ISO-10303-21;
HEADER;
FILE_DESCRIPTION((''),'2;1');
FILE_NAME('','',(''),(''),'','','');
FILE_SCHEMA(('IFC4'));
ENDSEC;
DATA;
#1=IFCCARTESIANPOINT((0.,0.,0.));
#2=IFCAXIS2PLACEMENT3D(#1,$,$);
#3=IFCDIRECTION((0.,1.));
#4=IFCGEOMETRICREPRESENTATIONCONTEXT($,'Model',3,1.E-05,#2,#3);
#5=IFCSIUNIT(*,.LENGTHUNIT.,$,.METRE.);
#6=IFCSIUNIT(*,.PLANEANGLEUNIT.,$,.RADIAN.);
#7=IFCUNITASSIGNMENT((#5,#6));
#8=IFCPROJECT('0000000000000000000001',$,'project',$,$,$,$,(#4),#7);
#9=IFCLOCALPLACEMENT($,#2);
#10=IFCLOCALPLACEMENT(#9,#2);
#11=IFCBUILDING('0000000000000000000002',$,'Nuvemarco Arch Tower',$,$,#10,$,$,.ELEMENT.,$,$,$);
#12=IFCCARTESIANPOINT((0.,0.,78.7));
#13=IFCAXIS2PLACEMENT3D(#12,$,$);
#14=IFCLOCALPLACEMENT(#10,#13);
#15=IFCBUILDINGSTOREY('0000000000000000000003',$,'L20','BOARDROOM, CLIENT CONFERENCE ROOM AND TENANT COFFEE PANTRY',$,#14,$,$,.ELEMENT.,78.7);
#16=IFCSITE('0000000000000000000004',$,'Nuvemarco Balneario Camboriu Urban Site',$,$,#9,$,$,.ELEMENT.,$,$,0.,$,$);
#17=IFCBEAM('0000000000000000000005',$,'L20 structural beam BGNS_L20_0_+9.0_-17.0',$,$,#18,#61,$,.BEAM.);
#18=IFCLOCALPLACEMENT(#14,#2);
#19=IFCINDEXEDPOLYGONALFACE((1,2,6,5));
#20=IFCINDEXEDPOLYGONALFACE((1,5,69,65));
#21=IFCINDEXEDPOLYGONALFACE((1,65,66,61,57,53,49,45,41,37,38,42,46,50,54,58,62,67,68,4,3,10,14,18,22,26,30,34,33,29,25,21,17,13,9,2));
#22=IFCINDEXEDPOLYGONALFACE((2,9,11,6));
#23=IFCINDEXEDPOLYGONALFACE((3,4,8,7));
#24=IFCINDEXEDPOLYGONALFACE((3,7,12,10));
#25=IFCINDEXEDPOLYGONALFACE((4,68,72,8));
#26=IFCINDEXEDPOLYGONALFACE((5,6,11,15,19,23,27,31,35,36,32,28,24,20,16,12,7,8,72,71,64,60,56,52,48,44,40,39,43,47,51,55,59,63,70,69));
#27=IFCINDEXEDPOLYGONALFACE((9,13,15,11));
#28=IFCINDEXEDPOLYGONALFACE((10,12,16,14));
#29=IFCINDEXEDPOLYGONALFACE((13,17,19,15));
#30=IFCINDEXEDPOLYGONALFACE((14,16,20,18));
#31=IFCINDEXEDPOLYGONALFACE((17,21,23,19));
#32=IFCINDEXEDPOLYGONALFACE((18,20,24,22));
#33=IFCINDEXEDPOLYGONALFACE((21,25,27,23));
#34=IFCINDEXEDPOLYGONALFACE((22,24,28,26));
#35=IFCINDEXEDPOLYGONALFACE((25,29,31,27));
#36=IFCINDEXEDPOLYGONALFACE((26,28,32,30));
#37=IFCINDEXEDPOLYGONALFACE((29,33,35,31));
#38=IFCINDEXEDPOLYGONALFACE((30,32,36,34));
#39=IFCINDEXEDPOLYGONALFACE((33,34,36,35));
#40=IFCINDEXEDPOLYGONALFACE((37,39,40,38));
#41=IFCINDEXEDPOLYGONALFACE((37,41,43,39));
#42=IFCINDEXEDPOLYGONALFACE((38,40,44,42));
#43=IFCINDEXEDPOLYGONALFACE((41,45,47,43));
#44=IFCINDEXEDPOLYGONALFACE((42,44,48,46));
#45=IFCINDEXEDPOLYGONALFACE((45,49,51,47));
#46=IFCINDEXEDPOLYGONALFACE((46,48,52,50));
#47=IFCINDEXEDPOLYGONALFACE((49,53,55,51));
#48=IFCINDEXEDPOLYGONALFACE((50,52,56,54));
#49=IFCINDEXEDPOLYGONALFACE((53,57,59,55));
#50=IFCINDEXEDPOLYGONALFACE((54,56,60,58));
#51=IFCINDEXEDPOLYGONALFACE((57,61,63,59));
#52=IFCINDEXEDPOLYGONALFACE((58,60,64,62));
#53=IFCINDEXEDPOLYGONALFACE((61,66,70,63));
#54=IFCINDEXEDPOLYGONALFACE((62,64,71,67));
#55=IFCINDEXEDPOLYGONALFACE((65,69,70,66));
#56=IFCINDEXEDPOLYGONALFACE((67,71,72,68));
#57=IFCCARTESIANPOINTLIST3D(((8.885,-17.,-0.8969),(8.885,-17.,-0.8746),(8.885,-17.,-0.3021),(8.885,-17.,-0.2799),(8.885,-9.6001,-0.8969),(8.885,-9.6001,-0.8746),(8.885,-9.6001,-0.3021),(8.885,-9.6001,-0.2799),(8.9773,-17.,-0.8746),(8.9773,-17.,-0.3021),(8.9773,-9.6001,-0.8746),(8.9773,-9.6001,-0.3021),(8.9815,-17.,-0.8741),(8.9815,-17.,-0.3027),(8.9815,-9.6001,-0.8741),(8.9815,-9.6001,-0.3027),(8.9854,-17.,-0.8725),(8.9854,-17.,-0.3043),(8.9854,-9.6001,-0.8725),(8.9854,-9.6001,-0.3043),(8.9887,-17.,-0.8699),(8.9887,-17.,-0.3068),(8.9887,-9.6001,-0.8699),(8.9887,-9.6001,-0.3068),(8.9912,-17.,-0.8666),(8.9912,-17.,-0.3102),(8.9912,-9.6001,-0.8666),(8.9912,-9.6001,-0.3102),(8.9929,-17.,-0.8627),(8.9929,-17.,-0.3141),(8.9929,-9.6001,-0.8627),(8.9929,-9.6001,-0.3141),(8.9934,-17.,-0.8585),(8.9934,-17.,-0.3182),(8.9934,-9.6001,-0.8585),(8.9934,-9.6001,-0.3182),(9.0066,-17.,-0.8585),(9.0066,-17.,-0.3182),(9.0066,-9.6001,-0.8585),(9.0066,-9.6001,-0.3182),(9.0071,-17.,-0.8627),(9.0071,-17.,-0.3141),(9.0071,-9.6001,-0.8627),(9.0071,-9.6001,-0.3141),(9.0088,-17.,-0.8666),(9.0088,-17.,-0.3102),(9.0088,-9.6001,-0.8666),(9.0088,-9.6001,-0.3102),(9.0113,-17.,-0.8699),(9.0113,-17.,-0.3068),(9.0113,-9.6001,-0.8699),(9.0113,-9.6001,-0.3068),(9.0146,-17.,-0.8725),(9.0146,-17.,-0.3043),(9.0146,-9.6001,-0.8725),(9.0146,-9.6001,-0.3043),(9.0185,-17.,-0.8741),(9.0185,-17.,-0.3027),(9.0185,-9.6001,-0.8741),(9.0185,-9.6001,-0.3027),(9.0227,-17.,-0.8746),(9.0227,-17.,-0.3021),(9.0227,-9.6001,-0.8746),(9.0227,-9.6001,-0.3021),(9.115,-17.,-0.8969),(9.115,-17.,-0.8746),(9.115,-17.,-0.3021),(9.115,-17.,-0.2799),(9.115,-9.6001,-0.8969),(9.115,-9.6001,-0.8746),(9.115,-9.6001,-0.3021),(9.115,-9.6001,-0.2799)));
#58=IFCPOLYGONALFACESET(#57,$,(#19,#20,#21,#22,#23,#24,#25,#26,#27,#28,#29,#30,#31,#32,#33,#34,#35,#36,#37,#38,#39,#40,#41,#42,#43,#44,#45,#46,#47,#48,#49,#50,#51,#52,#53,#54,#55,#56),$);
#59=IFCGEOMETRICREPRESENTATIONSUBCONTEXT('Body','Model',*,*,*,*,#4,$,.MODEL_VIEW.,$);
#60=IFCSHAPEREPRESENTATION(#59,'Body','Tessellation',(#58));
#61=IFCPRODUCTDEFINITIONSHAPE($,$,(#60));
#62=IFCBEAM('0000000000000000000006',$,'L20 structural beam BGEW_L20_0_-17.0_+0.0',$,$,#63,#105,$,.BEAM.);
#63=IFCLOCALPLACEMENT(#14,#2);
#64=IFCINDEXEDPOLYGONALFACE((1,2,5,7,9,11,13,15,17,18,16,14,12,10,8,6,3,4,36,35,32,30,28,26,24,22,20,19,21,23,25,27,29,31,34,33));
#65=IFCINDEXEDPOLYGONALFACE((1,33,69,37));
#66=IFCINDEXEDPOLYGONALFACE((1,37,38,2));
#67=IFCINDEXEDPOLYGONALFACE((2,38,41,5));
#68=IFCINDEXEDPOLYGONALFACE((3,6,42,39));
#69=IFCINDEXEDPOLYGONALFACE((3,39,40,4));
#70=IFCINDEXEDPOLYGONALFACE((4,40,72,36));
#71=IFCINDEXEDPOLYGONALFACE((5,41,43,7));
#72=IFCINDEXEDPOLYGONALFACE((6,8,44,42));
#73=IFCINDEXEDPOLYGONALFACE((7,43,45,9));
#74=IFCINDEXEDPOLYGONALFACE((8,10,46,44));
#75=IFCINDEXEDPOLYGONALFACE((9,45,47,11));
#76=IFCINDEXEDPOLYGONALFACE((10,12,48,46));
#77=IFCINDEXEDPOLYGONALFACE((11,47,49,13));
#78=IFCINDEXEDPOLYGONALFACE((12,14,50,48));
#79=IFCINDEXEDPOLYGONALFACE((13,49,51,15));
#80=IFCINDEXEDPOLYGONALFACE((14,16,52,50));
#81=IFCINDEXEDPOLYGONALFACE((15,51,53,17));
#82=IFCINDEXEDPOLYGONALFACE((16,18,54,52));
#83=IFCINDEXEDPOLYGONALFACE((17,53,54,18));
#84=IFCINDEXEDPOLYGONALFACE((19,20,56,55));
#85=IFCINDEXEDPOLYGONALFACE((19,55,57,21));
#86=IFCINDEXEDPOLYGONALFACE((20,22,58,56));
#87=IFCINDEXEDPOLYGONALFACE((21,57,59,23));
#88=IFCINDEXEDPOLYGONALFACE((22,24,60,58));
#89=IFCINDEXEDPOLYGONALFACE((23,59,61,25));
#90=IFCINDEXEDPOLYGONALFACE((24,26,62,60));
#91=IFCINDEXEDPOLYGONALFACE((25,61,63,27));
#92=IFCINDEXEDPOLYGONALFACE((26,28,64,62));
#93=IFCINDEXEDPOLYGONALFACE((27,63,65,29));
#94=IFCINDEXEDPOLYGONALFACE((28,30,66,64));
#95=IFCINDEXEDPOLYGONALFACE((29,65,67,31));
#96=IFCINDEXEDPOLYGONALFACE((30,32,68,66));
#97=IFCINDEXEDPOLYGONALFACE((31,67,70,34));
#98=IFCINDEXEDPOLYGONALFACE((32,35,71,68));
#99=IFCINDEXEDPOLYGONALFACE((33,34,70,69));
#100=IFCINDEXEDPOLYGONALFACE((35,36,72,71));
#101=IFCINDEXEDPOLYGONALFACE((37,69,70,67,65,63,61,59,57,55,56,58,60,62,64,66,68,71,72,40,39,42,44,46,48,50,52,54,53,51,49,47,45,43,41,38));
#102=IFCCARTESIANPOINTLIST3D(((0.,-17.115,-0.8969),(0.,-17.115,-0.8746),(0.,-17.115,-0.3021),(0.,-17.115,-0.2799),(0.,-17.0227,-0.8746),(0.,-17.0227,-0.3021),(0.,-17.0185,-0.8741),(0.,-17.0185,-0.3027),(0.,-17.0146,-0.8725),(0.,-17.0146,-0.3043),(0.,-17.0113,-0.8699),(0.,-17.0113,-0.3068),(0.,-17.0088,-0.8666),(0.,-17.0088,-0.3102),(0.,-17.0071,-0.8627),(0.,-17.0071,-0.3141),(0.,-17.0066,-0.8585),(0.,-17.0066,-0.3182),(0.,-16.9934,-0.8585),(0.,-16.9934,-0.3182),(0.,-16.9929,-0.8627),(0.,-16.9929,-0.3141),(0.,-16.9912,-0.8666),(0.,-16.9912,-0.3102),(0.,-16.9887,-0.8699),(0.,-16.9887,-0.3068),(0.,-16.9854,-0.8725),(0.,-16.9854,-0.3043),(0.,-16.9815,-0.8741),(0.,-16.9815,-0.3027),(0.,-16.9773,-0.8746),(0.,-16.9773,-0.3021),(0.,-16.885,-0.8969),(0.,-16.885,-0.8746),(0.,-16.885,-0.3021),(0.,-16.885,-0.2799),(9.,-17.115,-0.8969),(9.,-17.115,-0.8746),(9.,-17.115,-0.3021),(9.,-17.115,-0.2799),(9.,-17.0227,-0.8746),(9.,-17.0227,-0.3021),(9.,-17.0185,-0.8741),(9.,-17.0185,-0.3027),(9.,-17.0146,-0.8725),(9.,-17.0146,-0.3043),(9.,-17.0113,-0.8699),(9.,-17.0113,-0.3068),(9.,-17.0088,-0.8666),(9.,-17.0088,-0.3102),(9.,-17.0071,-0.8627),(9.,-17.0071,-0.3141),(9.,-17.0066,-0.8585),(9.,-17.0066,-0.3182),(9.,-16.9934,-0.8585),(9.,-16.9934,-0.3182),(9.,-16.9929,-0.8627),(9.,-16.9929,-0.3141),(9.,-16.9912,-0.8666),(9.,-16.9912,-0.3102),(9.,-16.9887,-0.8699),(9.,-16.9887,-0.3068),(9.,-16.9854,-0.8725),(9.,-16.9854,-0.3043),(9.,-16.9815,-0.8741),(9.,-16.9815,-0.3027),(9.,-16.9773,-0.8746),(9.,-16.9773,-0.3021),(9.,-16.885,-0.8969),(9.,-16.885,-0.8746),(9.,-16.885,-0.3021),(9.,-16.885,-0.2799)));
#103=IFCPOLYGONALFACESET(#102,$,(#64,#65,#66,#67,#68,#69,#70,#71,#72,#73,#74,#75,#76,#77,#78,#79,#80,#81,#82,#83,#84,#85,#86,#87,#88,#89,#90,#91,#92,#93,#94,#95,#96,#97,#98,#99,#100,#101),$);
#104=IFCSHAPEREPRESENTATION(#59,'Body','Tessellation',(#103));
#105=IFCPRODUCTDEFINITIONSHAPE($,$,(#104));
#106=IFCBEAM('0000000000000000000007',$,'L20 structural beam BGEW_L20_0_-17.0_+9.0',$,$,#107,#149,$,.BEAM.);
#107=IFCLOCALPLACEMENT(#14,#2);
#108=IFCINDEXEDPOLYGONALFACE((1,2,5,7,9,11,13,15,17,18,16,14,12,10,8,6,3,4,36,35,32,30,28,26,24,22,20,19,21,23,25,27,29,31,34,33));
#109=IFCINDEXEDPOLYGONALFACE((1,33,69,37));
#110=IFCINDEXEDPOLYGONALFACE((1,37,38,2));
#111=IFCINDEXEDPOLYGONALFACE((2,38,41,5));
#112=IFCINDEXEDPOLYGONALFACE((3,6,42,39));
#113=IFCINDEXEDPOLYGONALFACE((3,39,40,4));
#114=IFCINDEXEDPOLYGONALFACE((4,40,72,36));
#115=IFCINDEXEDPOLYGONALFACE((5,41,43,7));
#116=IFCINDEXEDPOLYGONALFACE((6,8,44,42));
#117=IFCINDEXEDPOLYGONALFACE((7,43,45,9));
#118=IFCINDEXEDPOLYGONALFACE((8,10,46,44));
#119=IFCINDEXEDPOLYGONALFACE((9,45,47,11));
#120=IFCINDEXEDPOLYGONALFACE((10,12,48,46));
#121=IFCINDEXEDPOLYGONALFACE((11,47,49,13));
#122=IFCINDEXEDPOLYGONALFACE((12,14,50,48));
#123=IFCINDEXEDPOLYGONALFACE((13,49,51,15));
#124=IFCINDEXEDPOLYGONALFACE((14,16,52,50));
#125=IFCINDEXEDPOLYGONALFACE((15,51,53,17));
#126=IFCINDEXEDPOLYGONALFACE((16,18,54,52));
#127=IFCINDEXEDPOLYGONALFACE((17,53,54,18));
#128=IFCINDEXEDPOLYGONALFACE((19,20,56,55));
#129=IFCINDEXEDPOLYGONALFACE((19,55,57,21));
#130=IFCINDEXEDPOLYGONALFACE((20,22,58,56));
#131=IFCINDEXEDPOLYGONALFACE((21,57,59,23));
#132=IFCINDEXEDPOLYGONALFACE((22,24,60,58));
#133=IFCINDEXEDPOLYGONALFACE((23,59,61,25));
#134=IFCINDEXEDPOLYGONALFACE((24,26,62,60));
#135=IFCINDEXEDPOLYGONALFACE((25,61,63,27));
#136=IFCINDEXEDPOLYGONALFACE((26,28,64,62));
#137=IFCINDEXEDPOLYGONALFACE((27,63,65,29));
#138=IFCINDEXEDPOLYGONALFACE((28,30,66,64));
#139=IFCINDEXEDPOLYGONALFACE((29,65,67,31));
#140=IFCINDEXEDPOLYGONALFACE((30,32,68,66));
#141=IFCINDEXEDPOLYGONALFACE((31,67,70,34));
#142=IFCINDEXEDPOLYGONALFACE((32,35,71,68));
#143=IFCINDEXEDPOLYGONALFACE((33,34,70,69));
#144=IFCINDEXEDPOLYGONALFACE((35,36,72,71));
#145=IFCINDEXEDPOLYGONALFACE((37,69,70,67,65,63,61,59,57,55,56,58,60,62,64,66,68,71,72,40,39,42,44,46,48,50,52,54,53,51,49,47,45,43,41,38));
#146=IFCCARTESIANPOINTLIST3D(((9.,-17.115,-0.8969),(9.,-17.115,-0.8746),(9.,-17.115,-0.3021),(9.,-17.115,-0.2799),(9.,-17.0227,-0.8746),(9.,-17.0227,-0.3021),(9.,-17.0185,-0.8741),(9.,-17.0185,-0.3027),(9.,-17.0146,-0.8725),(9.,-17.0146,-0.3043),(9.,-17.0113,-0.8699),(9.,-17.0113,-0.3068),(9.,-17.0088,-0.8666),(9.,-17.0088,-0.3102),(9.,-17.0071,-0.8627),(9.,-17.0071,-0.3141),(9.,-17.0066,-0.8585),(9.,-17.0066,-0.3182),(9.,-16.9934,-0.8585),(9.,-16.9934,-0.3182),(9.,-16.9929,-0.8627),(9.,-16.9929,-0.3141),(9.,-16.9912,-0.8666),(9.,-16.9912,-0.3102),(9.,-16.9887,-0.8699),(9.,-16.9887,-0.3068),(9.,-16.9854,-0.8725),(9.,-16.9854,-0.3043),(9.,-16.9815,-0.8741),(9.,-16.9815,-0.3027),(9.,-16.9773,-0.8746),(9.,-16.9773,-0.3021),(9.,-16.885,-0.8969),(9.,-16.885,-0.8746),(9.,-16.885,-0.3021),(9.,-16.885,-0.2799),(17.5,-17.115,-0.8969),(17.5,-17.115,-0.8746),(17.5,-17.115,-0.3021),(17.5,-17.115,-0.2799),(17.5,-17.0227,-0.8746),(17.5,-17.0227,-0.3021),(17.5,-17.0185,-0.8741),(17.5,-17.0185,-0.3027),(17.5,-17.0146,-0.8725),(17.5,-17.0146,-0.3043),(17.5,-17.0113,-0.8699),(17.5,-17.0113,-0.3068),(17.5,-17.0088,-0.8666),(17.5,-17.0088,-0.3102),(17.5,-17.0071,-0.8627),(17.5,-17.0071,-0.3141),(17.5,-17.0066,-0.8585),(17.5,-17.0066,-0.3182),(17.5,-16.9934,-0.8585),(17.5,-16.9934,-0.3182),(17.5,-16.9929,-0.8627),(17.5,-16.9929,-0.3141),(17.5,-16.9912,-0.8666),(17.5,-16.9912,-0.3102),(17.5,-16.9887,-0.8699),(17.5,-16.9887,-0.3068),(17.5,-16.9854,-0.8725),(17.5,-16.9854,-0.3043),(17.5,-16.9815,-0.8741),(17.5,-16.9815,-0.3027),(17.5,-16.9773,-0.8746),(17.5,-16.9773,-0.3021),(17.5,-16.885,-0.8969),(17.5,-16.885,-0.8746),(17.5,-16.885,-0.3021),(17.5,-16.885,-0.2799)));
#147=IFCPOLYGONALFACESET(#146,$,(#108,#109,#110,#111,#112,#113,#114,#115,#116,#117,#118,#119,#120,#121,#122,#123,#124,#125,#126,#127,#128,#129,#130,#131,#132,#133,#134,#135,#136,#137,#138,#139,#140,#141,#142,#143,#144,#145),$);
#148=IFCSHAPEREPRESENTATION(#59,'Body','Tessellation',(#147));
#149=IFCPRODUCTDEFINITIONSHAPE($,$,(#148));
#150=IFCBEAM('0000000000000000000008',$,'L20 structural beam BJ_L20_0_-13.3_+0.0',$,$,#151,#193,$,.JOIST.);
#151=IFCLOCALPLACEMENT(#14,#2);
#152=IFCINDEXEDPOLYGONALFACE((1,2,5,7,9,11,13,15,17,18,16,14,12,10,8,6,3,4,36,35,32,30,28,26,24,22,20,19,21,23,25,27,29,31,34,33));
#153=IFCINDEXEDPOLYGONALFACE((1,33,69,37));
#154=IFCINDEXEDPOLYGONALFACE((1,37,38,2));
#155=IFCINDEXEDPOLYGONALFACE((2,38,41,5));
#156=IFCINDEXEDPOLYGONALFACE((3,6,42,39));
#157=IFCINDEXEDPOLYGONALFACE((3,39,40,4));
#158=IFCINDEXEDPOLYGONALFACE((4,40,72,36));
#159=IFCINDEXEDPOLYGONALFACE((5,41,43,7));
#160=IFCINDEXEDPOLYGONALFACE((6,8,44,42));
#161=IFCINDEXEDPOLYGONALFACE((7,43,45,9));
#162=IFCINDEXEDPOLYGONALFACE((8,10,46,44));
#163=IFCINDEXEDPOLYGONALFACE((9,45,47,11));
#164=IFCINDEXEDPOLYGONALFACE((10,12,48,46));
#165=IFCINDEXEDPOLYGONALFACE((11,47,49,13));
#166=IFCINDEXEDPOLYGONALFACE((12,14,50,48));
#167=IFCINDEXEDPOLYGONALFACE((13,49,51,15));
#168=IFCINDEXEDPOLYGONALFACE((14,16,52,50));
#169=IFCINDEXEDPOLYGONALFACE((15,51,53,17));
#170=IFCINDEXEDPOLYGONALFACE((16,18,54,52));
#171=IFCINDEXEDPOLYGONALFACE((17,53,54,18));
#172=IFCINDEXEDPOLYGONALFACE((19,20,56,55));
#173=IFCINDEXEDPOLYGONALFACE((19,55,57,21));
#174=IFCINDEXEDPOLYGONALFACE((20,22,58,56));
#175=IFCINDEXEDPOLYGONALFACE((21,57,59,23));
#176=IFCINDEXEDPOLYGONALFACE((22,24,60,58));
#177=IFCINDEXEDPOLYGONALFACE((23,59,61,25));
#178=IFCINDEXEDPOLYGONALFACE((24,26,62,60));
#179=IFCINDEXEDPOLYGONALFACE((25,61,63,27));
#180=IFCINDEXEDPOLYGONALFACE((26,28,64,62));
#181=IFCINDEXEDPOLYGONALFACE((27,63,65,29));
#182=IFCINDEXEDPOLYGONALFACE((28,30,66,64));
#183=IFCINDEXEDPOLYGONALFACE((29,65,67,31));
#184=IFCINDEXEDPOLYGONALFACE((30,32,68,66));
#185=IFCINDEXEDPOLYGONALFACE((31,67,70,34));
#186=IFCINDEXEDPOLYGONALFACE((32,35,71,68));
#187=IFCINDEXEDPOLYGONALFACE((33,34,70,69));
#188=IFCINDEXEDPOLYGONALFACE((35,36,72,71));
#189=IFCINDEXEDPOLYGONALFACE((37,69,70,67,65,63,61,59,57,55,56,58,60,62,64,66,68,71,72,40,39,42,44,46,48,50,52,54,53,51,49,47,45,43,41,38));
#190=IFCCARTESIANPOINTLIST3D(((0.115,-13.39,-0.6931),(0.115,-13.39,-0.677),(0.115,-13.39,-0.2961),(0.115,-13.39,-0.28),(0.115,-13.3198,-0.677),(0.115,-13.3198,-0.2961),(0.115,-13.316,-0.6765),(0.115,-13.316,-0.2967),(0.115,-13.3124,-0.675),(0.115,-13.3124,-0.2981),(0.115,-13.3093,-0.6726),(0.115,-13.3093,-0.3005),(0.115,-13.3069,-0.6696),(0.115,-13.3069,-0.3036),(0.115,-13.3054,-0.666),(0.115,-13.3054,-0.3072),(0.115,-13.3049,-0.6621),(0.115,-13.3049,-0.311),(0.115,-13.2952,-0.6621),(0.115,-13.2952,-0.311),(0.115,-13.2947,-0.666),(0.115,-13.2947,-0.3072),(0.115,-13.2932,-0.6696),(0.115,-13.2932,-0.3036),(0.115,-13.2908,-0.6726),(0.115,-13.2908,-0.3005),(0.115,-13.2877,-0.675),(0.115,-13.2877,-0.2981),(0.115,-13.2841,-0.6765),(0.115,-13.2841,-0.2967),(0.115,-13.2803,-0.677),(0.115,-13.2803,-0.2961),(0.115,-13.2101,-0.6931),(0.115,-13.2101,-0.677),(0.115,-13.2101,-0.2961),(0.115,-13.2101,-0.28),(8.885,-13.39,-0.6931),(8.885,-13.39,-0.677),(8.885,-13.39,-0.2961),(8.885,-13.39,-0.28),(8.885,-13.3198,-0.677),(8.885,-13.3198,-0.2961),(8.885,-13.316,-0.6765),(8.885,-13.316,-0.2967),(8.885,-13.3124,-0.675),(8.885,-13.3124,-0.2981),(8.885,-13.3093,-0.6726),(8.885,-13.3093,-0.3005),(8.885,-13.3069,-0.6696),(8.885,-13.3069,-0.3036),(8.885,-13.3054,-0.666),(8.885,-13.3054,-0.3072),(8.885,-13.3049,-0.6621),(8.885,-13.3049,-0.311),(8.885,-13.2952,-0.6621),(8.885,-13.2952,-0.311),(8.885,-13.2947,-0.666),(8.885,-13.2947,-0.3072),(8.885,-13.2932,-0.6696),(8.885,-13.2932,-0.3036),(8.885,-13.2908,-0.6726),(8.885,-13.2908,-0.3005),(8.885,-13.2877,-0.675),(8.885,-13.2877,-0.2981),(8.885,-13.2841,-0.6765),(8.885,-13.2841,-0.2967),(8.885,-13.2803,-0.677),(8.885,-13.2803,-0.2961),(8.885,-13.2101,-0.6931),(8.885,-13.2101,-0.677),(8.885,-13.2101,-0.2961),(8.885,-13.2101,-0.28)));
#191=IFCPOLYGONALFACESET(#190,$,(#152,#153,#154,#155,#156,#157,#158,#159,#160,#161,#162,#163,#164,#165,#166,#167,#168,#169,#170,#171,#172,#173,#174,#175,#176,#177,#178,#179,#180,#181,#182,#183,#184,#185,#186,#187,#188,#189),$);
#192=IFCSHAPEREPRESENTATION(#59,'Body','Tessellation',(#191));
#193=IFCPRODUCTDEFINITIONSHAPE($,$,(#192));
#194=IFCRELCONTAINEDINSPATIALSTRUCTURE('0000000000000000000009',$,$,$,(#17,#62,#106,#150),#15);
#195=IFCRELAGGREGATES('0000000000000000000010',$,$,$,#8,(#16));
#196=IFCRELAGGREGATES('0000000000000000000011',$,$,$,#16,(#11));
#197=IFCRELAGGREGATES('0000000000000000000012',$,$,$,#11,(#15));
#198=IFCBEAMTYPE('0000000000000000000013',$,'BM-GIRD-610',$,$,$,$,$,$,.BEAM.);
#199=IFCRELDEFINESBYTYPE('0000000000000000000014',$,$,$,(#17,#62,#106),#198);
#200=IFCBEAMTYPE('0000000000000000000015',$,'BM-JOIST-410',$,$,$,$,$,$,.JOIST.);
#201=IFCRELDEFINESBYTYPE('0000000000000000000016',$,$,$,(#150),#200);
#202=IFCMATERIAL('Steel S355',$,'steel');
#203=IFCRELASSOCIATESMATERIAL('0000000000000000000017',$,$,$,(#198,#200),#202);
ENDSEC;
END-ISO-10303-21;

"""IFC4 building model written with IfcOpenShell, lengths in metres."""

from ifc_helpers import new_model, si_unit, direction, frame, origin, origin_2d, place, context, subcontext, project, spatial, i_section, extrude, material, material_profile, profile_set, type_object, element, save


model = new_model("IFC4")

# Units and contexts
model_context = context("Model", 3, precision=1e-05, world=origin(), true_north=direction((0.0, 1.0)))
body_context = subcontext(model_context, "Body", "Model", "MODEL_VIEW")
ifc_project = project(units=[si_unit("LENGTHUNIT", "METRE"), si_unit("PLANEANGLEUNIT", "RADIAN")], contexts=[model_context])

# Site, building, storey
site_placement = place(None, origin())
site = spatial("IfcSite", under=ifc_project, at=site_placement, Name="Nuvemarco Balneario Camboriu Urban Site", CompositionType="ELEMENT", RefElevation=0.0)
building_placement = place(site_placement, origin())
building = spatial("IfcBuilding", under=site, at=building_placement, Name="Nuvemarco Arch Tower", CompositionType="ELEMENT")
storey_placement = place(building_placement, frame((0.0, 0.0, 78.7)))
storey = spatial("IfcBuildingStorey", under=building, at=storey_placement, Name="L20", Description="BOARDROOM, CLIENT CONFERENCE ROOM AND TENANT COFFEE PANTRY", CompositionType="ELEMENT", Elevation=78.7)

# Shared definitions
ifc_material_1 = material(Name="Steel S355", Category="steel")

# Beams
ifc_material_profile_1 = material_profile(ifc_material_1, i_section(OverallWidth=0.23, OverallDepth=0.6169, WebThickness=0.0132, FlangeThickness=0.0222, FilletRadius=0.0161, at=origin_2d()), Name="W610x140")
ifc_profile_set_1 = profile_set([ifc_material_profile_1], Name="Steel S355")
beam_type_1 = type_object("IfcBeamType", Name="BM-GIRD-610", PredefinedType="BEAM", material=ifc_profile_set_1)
beam_1_placement = place(storey_placement, frame((9.0, -17.0, -0.5884), z_axis=(0.0, 1.0, 0.0), x_axis=(-1.0, 0.0, 0.0)))
element("IfcBeam", 1, at=beam_1_placement, inside=storey, type_object=beam_type_1, Name="L20 structural beam BGNS_L20_0_+9.0_-17.0", PredefinedType="BEAM", context=body_context, shape_type="SweptSolid", body=[
    extrude(i_section(OverallWidth=0.23, OverallDepth=0.6169, WebThickness=0.0132, FlangeThickness=0.0222, FilletRadius=0.0161, at=origin_2d()), origin(), (0.0, 0.0, 1.0), 7.3999),
])
beam_2_placement = place(storey_placement, frame((0.0, -17.0, -0.5884), z_axis=(1.0, 0.0, 0.0), x_axis=(0.0, 1.0, 0.0)))
element("IfcBeam", 2, at=beam_2_placement, inside=storey, type_object=beam_type_1, Name="L20 structural beam BGEW_L20_0_-17.0_+0.0", PredefinedType="BEAM", context=body_context, shape_type="SweptSolid", body=[
    extrude(i_section(OverallWidth=0.23, OverallDepth=0.6169, WebThickness=0.0132, FlangeThickness=0.0222, FilletRadius=0.0161, at=origin_2d()), origin(), (0.0, 0.0, 1.0), 9.0),
])
beam_3_placement = place(storey_placement, frame((9.0, -17.0, -0.5884), z_axis=(1.0, 0.0, 0.0), x_axis=(0.0, 1.0, 0.0)))
element("IfcBeam", 3, at=beam_3_placement, inside=storey, type_object=beam_type_1, Name="L20 structural beam BGEW_L20_0_-17.0_+9.0", PredefinedType="BEAM", context=body_context, shape_type="SweptSolid", body=[
    extrude(i_section(OverallWidth=0.23, OverallDepth=0.6169, WebThickness=0.0132, FlangeThickness=0.0222, FilletRadius=0.0161, at=origin_2d()), origin(), (0.0, 0.0, 1.0), 8.5),
])
ifc_material_profile_2 = material_profile(ifc_material_1, i_section(OverallWidth=0.1799, OverallDepth=0.4131, WebThickness=0.0098, FlangeThickness=0.0161, FilletRadius=0.0149, at=origin_2d()), Name="W410x75")
ifc_profile_set_2 = profile_set([ifc_material_profile_2], Name="Steel S355")
beam_type_2 = type_object("IfcBeamType", Name="BM-JOIST-410", PredefinedType="JOIST", material=ifc_profile_set_2)
beam_4_placement = place(storey_placement, frame((0.115, -13.3, -0.4866), z_axis=(1.0, 0.0, 0.0), x_axis=(0.0, 1.0, 0.0)))
element("IfcBeam", 4, at=beam_4_placement, inside=storey, type_object=beam_type_2, Name="L20 structural beam BJ_L20_0_-13.3_+0.0", PredefinedType="JOIST", context=body_context, shape_type="SweptSolid", body=[
    extrude(i_section(OverallWidth=0.1799, OverallDepth=0.4131, WebThickness=0.0098, FlangeThickness=0.0161, FilletRadius=0.0149, at=origin_2d()), origin(), (0.0, 0.0, 1.0), 8.77),
])

save(model, "model.ifc")
